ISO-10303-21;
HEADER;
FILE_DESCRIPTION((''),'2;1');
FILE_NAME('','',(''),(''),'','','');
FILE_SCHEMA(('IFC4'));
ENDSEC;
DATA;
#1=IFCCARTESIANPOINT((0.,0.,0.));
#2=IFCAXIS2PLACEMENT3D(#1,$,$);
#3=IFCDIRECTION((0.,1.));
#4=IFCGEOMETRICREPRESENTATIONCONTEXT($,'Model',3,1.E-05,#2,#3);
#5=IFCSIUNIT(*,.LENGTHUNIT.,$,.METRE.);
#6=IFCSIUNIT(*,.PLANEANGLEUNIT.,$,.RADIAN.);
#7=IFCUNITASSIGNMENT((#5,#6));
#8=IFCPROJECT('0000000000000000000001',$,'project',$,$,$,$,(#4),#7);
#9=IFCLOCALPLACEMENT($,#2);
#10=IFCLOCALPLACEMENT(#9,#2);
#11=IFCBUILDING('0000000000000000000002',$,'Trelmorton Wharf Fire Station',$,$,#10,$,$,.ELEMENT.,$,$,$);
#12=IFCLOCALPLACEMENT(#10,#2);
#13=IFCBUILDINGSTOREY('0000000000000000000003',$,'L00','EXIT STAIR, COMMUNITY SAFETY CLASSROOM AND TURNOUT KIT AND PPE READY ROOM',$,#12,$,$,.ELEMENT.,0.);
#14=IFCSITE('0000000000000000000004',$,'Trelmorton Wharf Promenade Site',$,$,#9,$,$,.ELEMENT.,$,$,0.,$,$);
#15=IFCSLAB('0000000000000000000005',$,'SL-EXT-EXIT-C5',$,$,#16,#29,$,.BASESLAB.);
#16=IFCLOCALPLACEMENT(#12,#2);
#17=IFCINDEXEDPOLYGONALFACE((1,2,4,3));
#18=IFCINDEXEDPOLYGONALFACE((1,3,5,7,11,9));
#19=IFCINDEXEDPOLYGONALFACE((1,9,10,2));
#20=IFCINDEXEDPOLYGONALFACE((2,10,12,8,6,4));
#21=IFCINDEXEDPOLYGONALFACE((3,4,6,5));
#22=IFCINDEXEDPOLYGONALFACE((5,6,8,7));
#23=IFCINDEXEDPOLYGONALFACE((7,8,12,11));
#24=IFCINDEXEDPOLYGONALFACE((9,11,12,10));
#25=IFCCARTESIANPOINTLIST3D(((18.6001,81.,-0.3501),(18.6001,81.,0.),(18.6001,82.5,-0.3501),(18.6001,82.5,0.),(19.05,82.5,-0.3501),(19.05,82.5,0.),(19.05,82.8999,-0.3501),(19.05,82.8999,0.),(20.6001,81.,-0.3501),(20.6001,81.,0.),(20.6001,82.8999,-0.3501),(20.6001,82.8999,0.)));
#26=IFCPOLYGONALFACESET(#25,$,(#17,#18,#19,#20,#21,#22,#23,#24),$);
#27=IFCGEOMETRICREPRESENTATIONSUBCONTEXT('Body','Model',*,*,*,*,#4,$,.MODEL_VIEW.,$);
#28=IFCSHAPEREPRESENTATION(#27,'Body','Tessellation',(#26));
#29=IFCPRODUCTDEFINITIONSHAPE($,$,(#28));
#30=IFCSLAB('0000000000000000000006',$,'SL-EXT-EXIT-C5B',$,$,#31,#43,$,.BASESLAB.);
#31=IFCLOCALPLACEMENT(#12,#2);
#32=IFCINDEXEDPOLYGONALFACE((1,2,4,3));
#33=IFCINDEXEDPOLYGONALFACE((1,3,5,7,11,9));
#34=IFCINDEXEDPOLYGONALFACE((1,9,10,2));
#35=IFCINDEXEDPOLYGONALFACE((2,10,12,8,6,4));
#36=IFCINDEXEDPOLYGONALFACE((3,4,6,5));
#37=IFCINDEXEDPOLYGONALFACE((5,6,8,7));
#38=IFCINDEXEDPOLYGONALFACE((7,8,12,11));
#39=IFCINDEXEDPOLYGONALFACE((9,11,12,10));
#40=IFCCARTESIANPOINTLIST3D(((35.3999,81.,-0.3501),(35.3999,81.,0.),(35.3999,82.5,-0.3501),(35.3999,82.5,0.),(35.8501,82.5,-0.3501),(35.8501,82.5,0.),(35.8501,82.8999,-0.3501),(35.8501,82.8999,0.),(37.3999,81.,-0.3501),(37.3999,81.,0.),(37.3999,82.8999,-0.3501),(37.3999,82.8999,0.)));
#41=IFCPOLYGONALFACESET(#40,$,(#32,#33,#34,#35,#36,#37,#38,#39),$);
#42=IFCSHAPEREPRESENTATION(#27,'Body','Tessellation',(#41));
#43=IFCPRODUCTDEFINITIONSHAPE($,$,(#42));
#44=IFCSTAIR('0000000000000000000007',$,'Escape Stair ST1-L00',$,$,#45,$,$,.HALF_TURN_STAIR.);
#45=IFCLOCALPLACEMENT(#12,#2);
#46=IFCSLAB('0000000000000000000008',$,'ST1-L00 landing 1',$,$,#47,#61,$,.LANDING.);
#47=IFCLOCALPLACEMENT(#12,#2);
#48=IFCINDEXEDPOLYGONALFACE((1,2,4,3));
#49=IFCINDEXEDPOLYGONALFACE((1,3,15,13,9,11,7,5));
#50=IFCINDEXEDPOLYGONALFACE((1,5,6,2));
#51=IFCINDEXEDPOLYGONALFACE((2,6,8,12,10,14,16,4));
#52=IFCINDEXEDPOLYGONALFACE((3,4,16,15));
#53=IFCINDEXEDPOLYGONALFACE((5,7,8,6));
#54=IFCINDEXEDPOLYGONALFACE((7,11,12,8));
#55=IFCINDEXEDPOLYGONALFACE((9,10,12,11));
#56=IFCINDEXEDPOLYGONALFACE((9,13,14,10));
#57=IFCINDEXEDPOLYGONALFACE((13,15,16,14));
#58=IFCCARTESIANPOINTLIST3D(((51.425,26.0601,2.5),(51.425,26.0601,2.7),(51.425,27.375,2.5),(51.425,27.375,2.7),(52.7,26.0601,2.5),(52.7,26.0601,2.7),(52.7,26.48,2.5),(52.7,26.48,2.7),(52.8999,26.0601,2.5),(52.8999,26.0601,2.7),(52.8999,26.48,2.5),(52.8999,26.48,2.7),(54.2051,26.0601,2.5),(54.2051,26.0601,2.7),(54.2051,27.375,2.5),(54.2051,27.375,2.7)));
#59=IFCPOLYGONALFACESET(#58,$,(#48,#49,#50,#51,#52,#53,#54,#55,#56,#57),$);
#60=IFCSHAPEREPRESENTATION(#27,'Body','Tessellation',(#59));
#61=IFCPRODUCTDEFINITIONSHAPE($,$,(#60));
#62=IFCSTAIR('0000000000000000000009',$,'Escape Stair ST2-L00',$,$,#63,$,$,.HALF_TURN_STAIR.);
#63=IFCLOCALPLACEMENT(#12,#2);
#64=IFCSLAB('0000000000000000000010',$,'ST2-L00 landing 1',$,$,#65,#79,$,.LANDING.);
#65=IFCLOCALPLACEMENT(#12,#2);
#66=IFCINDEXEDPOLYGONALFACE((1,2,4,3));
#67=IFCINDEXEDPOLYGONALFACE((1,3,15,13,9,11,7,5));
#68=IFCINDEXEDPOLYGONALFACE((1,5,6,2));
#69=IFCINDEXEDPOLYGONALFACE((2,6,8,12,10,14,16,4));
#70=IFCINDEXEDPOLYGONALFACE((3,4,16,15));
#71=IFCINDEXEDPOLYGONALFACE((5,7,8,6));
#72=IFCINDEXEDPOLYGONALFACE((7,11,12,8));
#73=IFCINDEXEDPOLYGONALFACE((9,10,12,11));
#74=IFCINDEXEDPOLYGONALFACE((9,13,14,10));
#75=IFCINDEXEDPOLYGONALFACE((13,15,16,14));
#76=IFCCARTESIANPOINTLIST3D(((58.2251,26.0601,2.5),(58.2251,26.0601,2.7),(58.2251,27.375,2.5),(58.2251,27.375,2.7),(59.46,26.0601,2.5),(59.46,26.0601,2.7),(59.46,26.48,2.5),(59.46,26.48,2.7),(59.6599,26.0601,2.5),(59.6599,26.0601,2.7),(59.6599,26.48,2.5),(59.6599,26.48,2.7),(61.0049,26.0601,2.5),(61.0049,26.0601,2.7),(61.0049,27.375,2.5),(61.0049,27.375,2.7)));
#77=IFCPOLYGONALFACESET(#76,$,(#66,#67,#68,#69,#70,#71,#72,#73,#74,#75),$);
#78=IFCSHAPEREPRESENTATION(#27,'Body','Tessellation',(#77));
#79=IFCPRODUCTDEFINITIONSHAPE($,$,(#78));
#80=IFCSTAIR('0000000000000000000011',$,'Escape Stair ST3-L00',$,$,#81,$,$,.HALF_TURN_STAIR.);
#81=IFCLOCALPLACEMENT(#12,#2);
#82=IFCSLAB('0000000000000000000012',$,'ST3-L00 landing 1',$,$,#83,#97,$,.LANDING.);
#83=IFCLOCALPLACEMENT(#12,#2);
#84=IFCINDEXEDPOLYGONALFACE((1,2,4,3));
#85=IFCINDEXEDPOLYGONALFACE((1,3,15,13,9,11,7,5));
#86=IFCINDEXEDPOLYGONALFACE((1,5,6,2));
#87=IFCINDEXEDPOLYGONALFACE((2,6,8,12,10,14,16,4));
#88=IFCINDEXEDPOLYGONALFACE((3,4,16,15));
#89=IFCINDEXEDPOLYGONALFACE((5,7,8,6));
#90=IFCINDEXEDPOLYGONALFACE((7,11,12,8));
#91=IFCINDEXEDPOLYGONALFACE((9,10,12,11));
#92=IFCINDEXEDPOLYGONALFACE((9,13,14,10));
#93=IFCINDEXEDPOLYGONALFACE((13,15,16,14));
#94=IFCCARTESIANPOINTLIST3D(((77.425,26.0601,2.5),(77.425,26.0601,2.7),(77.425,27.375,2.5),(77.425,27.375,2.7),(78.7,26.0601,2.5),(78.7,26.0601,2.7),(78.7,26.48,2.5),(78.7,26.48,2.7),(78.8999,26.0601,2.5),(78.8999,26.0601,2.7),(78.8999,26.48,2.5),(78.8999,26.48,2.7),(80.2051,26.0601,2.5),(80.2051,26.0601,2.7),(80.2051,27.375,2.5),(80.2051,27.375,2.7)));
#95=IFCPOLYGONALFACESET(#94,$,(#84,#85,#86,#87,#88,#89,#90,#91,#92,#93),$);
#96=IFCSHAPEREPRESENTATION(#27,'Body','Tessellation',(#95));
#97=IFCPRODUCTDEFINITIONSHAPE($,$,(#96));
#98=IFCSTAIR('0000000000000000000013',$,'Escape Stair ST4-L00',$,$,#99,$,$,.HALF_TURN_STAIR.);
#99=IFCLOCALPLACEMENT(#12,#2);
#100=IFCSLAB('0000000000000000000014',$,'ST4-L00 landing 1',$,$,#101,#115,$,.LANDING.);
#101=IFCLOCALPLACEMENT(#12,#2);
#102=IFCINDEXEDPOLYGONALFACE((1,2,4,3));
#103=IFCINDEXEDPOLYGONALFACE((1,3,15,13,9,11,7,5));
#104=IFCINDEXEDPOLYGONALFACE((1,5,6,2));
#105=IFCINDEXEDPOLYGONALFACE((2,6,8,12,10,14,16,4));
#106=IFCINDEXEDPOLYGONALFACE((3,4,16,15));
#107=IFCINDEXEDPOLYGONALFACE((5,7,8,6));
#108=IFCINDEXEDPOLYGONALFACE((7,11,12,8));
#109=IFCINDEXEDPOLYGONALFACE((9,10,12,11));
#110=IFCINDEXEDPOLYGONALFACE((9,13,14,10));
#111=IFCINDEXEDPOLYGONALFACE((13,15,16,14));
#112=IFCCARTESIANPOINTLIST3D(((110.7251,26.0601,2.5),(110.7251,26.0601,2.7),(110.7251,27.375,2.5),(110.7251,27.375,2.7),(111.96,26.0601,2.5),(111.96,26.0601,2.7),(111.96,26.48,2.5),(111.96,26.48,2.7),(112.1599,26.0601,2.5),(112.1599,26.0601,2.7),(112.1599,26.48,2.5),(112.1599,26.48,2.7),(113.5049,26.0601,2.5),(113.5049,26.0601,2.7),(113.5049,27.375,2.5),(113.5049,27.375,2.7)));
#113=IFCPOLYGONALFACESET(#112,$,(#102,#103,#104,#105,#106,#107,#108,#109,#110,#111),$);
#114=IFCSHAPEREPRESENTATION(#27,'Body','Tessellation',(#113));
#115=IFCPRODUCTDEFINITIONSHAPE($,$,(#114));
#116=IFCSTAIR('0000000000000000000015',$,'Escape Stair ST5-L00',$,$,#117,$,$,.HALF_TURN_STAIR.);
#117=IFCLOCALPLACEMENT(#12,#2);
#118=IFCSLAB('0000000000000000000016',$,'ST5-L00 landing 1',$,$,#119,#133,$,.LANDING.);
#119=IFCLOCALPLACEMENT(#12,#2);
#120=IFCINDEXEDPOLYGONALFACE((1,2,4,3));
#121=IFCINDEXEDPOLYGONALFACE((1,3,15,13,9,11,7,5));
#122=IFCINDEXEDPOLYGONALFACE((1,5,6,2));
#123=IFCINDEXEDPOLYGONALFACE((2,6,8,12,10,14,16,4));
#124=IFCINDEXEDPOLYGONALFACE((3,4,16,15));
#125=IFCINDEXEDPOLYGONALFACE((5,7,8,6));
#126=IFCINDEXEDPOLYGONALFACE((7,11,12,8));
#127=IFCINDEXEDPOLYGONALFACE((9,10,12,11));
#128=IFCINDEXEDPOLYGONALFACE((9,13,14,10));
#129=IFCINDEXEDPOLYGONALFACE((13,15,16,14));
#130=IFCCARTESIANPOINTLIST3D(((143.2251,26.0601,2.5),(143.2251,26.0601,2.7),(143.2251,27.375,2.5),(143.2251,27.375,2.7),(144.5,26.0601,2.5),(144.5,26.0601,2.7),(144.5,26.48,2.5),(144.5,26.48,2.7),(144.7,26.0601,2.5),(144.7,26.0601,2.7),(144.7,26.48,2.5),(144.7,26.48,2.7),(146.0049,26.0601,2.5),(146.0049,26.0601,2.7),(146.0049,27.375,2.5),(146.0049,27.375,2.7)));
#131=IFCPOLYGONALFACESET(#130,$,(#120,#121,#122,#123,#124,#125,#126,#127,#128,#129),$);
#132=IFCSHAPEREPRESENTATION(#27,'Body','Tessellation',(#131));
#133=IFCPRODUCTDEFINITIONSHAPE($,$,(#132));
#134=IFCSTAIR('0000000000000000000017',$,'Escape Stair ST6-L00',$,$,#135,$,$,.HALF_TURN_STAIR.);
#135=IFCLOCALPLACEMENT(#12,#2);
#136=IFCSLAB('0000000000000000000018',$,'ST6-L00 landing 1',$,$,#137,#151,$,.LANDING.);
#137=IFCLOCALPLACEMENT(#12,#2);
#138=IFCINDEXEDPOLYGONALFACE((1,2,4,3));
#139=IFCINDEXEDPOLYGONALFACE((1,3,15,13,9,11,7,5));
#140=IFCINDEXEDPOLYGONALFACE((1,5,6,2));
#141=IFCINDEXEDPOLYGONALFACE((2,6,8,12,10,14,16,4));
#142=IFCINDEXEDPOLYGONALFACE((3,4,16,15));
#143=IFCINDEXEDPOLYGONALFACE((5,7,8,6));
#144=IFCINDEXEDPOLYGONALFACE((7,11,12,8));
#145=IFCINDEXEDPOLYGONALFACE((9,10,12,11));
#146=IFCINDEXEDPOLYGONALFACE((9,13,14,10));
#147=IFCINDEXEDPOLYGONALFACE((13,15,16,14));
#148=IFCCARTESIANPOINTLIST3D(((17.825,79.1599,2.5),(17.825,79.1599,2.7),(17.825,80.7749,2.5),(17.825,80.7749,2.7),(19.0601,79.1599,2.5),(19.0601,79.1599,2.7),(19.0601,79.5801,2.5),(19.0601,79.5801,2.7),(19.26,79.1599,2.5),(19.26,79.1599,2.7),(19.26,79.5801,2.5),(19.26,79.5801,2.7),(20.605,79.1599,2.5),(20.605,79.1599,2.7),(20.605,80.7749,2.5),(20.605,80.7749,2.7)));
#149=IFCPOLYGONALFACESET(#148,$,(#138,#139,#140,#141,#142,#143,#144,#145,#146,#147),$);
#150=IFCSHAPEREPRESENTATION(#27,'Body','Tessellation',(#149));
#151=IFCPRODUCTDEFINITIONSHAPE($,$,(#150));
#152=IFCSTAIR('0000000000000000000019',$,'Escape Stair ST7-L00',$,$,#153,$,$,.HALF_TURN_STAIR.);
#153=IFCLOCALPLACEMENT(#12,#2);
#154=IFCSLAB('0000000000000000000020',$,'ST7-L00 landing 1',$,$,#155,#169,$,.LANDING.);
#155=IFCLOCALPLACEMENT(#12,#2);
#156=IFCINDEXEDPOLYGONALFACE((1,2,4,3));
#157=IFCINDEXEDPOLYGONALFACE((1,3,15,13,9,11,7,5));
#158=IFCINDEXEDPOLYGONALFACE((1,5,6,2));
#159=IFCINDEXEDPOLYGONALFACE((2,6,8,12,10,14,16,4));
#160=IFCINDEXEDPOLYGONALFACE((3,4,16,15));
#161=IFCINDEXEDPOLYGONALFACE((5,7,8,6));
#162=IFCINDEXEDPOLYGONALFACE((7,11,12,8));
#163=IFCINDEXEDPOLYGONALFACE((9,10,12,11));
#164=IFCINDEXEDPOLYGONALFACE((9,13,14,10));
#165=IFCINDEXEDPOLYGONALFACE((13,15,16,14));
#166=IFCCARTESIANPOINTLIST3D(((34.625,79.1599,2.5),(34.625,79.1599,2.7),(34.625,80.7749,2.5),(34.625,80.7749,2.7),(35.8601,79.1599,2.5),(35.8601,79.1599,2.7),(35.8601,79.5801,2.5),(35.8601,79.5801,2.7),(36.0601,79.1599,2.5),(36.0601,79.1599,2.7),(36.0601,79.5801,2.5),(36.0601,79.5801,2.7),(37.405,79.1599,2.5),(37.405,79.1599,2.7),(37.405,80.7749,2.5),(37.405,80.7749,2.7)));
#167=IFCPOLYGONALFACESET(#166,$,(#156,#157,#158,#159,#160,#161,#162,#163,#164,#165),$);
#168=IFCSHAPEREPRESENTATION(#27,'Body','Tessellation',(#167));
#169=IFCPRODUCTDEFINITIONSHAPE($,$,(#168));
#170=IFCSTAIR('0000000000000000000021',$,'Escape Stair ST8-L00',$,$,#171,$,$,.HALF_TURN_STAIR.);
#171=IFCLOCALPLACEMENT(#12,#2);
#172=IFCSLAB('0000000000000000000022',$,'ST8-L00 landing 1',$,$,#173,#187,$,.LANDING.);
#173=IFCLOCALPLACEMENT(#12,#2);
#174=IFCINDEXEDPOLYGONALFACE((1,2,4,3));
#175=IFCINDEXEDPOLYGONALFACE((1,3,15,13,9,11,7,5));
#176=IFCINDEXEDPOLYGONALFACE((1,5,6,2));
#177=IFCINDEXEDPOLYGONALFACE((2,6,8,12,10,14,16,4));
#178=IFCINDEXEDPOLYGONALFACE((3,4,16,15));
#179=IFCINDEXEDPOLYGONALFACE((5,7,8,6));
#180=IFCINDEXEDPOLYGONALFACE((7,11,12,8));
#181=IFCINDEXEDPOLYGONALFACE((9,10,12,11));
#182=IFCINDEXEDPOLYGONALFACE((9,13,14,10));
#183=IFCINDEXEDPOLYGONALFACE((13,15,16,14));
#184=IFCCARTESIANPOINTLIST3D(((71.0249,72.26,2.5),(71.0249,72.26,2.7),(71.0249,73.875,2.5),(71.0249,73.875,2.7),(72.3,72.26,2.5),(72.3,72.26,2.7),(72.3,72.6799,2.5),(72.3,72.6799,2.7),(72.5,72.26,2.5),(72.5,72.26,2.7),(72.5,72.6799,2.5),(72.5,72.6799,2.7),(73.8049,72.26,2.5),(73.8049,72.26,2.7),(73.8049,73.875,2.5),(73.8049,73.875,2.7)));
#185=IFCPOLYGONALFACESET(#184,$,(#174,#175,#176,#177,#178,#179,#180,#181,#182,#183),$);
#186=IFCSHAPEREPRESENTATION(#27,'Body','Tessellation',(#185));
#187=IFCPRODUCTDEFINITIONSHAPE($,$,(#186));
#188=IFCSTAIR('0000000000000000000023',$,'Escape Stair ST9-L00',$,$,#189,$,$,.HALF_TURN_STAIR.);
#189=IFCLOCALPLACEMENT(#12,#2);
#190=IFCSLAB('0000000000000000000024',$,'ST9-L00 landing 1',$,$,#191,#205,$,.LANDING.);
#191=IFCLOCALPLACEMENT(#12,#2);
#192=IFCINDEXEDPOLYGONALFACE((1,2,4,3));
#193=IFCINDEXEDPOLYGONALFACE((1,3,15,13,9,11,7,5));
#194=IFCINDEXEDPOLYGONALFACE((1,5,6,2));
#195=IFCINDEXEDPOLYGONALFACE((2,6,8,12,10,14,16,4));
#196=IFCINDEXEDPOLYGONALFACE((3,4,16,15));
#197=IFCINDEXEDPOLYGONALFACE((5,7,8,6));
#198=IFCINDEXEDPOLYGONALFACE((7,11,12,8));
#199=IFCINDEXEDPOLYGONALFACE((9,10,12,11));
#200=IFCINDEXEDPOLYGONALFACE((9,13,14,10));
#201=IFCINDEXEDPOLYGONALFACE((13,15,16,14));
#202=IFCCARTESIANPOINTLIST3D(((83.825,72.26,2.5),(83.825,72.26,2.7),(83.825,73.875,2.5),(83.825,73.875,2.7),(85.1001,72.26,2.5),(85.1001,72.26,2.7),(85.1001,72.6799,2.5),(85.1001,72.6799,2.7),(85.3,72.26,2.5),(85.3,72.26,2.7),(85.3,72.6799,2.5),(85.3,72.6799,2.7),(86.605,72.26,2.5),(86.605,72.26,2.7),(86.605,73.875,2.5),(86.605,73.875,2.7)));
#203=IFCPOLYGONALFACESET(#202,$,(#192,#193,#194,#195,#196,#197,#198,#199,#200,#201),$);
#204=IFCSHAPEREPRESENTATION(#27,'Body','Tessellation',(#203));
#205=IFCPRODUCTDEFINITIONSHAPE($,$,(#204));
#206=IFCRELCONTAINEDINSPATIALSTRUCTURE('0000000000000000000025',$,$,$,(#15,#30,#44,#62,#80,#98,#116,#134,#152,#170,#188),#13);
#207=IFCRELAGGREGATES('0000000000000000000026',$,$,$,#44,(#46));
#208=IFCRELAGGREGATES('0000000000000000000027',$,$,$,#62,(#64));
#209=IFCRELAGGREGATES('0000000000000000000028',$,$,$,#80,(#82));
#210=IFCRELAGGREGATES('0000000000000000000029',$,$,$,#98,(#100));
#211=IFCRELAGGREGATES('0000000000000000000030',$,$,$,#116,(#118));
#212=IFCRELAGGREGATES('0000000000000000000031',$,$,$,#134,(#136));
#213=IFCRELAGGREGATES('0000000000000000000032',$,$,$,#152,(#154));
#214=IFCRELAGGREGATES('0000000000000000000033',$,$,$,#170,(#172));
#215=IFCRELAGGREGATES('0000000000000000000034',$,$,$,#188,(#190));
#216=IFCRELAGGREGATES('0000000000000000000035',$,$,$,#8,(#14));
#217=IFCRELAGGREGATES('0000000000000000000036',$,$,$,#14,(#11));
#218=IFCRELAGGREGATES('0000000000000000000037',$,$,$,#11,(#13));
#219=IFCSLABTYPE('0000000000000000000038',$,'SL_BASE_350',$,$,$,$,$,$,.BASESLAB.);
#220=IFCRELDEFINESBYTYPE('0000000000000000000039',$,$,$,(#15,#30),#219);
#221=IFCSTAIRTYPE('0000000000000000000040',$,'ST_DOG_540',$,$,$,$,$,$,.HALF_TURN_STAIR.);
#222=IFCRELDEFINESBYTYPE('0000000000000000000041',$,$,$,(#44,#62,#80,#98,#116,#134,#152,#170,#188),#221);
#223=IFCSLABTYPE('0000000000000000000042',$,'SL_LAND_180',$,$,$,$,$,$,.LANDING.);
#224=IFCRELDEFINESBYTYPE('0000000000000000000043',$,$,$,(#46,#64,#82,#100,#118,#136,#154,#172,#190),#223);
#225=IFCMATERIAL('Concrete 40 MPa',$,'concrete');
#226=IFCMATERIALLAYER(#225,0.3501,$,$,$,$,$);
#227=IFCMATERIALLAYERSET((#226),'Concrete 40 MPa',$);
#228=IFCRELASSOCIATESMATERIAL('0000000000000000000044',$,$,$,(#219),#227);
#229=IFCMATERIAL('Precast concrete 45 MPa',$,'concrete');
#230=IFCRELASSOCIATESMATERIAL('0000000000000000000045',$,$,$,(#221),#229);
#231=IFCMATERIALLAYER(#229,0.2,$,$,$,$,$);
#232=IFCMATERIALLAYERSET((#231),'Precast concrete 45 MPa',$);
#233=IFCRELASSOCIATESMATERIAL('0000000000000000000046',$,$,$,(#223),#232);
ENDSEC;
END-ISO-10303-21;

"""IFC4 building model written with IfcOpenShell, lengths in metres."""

from ifc_helpers import new_model, si_unit, direction, frame, origin, place, context, subcontext, project, spatial, polyline, outline, extrude, material, layer, layer_set, type_object, element, aggregate, save


model = new_model("IFC4")

# Units and contexts
model_context = context("Model", 3, precision=1e-05, world=origin(), true_north=direction((0.0, 1.0)))
body_context = subcontext(model_context, "Body", "Model", "MODEL_VIEW")
ifc_project = project(units=[si_unit("LENGTHUNIT", "METRE"), si_unit("PLANEANGLEUNIT", "RADIAN")], contexts=[model_context])

# Site, building, storey
site_placement = place(None, origin())
site = spatial("IfcSite", under=ifc_project, at=site_placement, Name="Trelmorton Wharf Promenade Site", CompositionType="ELEMENT", RefElevation=0.0)
building_placement = place(site_placement, origin())
building = spatial("IfcBuilding", under=site, at=building_placement, Name="Trelmorton Wharf Fire Station", CompositionType="ELEMENT")
storey_placement = place(building_placement, origin())
storey = spatial("IfcBuildingStorey", under=building, at=storey_placement, Name="L00", Description="EXIT STAIR, COMMUNITY SAFETY CLASSROOM AND TURNOUT KIT AND PPE READY ROOM", CompositionType="ELEMENT", Elevation=0.0)

# Slabs
ifc_material_1 = material(Name="Concrete 40 MPa", Category="concrete")
ifc_layer_1 = layer(ifc_material_1, 0.3501)
ifc_layer_set_1 = layer_set([ifc_layer_1], Name="Concrete 40 MPa")
slab_type_1 = type_object("IfcSlabType", Name="SL_BASE_350", PredefinedType="BASESLAB", material=ifc_layer_set_1)
slab_1_placement = place(storey_placement, frame((0.0, 0.0, -0.3501)))
element("IfcSlab", 1, at=slab_1_placement, inside=storey, type_object=slab_type_1, Name="SL-EXT-EXIT-C5", PredefinedType="BASESLAB", context=body_context, shape_type="SweptSolid", body=[
    extrude(outline(polyline([(20.6001, 82.8999), (20.6001, 81.0), (18.6001, 81.0), (18.6001, 82.5), (19.05, 82.5), (19.05, 82.8999), (20.6001, 82.8999)])), origin(), (0.0, 0.0, 1.0), 0.3501),
])
slab_2_placement = place(storey_placement, frame((0.0, 0.0, -0.3501)))
element("IfcSlab", 2, at=slab_2_placement, inside=storey, type_object=slab_type_1, Name="SL-EXT-EXIT-C5B", PredefinedType="BASESLAB", context=body_context, shape_type="SweptSolid", body=[
    extrude(outline(polyline([(37.3999, 82.8999), (37.3999, 81.0), (35.3999, 81.0), (35.3999, 82.5), (35.8501, 82.5), (35.8501, 82.8999), (37.3999, 82.8999)])), origin(), (0.0, 0.0, 1.0), 0.3501),
])

# Stairs, slabs
ifc_material_2 = material(Name="Precast concrete 45 MPa", Category="concrete")
stair_type = type_object("IfcStairType", Name="ST_DOG_540", PredefinedType="HALF_TURN_STAIR", material=ifc_material_2)
stair_1_placement = place(storey_placement, origin())
stair_1 = element("IfcStair", 3, at=stair_1_placement, inside=storey, type_object=stair_type, Name="Escape Stair ST1-L00", PredefinedType="HALF_TURN_STAIR")
ifc_layer_2 = layer(ifc_material_2, 0.2)
ifc_layer_set_2 = layer_set([ifc_layer_2], Name="Precast concrete 45 MPa")
slab_type_2 = type_object("IfcSlabType", Name="SL_LAND_180", PredefinedType="LANDING", material=ifc_layer_set_2)
slab_3_placement = place(storey_placement, frame((0.0, 0.0, 2.5)))
slab_3 = element("IfcSlab", 4, at=slab_3_placement, type_object=slab_type_2, Name="ST1-L00 landing 1", PredefinedType="LANDING", context=body_context, shape_type="SweptSolid", body=[
    extrude(outline(polyline([(51.425, 26.0601), (52.7, 26.0601), (52.7, 26.48), (52.8999, 26.48), (52.8999, 26.0601), (54.2051, 26.0601), (54.2051, 27.375), (51.425, 27.375), (51.425, 26.0601)])), origin(), (0.0, 0.0, 1.0), 0.2),
])
aggregate(stair_1, [slab_3])
stair_2_placement = place(storey_placement, origin())
stair_2 = element("IfcStair", 5, at=stair_2_placement, inside=storey, type_object=stair_type, Name="Escape Stair ST2-L00", PredefinedType="HALF_TURN_STAIR")
slab_4_placement = place(storey_placement, frame((0.0, 0.0, 2.5)))
slab_4 = element("IfcSlab", 6, at=slab_4_placement, type_object=slab_type_2, Name="ST2-L00 landing 1", PredefinedType="LANDING", context=body_context, shape_type="SweptSolid", body=[
    extrude(outline(polyline([(58.2251, 26.0601), (59.46, 26.0601), (59.46, 26.48), (59.6599, 26.48), (59.6599, 26.0601), (61.0049, 26.0601), (61.0049, 27.375), (58.2251, 27.375), (58.2251, 26.0601)])), origin(), (0.0, 0.0, 1.0), 0.2),
])
aggregate(stair_2, [slab_4])
stair_3_placement = place(storey_placement, origin())
stair_3 = element("IfcStair", 7, at=stair_3_placement, inside=storey, type_object=stair_type, Name="Escape Stair ST3-L00", PredefinedType="HALF_TURN_STAIR")
slab_5_placement = place(storey_placement, frame((0.0, 0.0, 2.5)))
slab_5 = element("IfcSlab", 8, at=slab_5_placement, type_object=slab_type_2, Name="ST3-L00 landing 1", PredefinedType="LANDING", context=body_context, shape_type="SweptSolid", body=[
    extrude(outline(polyline([(77.425, 26.0601), (78.7, 26.0601), (78.7, 26.48), (78.8999, 26.48), (78.8999, 26.0601), (80.2051, 26.0601), (80.2051, 27.375), (77.425, 27.375), (77.425, 26.0601)])), origin(), (0.0, 0.0, 1.0), 0.2),
])
aggregate(stair_3, [slab_5])
stair_4_placement = place(storey_placement, origin())
stair_4 = element("IfcStair", 9, at=stair_4_placement, inside=storey, type_object=stair_type, Name="Escape Stair ST4-L00", PredefinedType="HALF_TURN_STAIR")
slab_6_placement = place(storey_placement, frame((0.0, 0.0, 2.5)))
slab_6 = element("IfcSlab", 10, at=slab_6_placement, type_object=slab_type_2, Name="ST4-L00 landing 1", PredefinedType="LANDING", context=body_context, shape_type="SweptSolid", body=[
    extrude(outline(polyline([(110.7251, 26.0601), (111.96, 26.0601), (111.96, 26.48), (112.1599, 26.48), (112.1599, 26.0601), (113.5049, 26.0601), (113.5049, 27.375), (110.7251, 27.375), (110.7251, 26.0601)])), origin(), (0.0, 0.0, 1.0), 0.2),
])
aggregate(stair_4, [slab_6])
stair_5_placement = place(storey_placement, origin())
stair_5 = element("IfcStair", 11, at=stair_5_placement, inside=storey, type_object=stair_type, Name="Escape Stair ST5-L00", PredefinedType="HALF_TURN_STAIR")
slab_7_placement = place(storey_placement, frame((0.0, 0.0, 2.5)))
slab_7 = element("IfcSlab", 12, at=slab_7_placement, type_object=slab_type_2, Name="ST5-L00 landing 1", PredefinedType="LANDING", context=body_context, shape_type="SweptSolid", body=[
    extrude(outline(polyline([(143.2251, 26.0601), (144.5, 26.0601), (144.5, 26.48), (144.7, 26.48), (144.7, 26.0601), (146.0049, 26.0601), (146.0049, 27.375), (143.2251, 27.375), (143.2251, 26.0601)])), origin(), (0.0, 0.0, 1.0), 0.2),
])
aggregate(stair_5, [slab_7])
stair_6_placement = place(storey_placement, origin())
stair_6 = element("IfcStair", 13, at=stair_6_placement, inside=storey, type_object=stair_type, Name="Escape Stair ST6-L00", PredefinedType="HALF_TURN_STAIR")
slab_8_placement = place(storey_placement, frame((0.0, 0.0, 2.5)))
slab_8 = element("IfcSlab", 14, at=slab_8_placement, type_object=slab_type_2, Name="ST6-L00 landing 1", PredefinedType="LANDING", context=body_context, shape_type="SweptSolid", body=[
    extrude(outline(polyline([(17.825, 79.1599), (19.0601, 79.1599), (19.0601, 79.5801), (19.26, 79.5801), (19.26, 79.1599), (20.605, 79.1599), (20.605, 80.7749), (17.825, 80.7749), (17.825, 79.1599)])), origin(), (0.0, 0.0, 1.0), 0.2),
])
aggregate(stair_6, [slab_8])
stair_7_placement = place(storey_placement, origin())
stair_7 = element("IfcStair", 15, at=stair_7_placement, inside=storey, type_object=stair_type, Name="Escape Stair ST7-L00", PredefinedType="HALF_TURN_STAIR")
slab_9_placement = place(storey_placement, frame((0.0, 0.0, 2.5)))
slab_9 = element("IfcSlab", 16, at=slab_9_placement, type_object=slab_type_2, Name="ST7-L00 landing 1", PredefinedType="LANDING", context=body_context, shape_type="SweptSolid", body=[
    extrude(outline(polyline([(34.625, 79.1599), (35.8601, 79.1599), (35.8601, 79.5801), (36.0601, 79.5801), (36.0601, 79.1599), (37.405, 79.1599), (37.405, 80.7749), (34.625, 80.7749), (34.625, 79.1599)])), origin(), (0.0, 0.0, 1.0), 0.2),
])
aggregate(stair_7, [slab_9])
stair_8_placement = place(storey_placement, origin())
stair_8 = element("IfcStair", 17, at=stair_8_placement, inside=storey, type_object=stair_type, Name="Escape Stair ST8-L00", PredefinedType="HALF_TURN_STAIR")
slab_10_placement = place(storey_placement, frame((0.0, 0.0, 2.5)))
slab_10 = element("IfcSlab", 18, at=slab_10_placement, type_object=slab_type_2, Name="ST8-L00 landing 1", PredefinedType="LANDING", context=body_context, shape_type="SweptSolid", body=[
    extrude(outline(polyline([(71.0249, 72.26), (72.3, 72.26), (72.3, 72.6799), (72.5, 72.6799), (72.5, 72.26), (73.8049, 72.26), (73.8049, 73.875), (71.0249, 73.875), (71.0249, 72.26)])), origin(), (0.0, 0.0, 1.0), 0.2),
])
aggregate(stair_8, [slab_10])
stair_9_placement = place(storey_placement, origin())
stair_9 = element("IfcStair", 19, at=stair_9_placement, inside=storey, type_object=stair_type, Name="Escape Stair ST9-L00", PredefinedType="HALF_TURN_STAIR")
slab_11_placement = place(storey_placement, frame((0.0, 0.0, 2.5)))
slab_11 = element("IfcSlab", 20, at=slab_11_placement, type_object=slab_type_2, Name="ST9-L00 landing 1", PredefinedType="LANDING", context=body_context, shape_type="SweptSolid", body=[
    extrude(outline(polyline([(83.825, 72.26), (85.1001, 72.26), (85.1001, 72.6799), (85.3, 72.6799), (85.3, 72.26), (86.605, 72.26), (86.605, 73.875), (83.825, 73.875), (83.825, 72.26)])), origin(), (0.0, 0.0, 1.0), 0.2),
])
aggregate(stair_9, [slab_11])

save(model, "model.ifc")
